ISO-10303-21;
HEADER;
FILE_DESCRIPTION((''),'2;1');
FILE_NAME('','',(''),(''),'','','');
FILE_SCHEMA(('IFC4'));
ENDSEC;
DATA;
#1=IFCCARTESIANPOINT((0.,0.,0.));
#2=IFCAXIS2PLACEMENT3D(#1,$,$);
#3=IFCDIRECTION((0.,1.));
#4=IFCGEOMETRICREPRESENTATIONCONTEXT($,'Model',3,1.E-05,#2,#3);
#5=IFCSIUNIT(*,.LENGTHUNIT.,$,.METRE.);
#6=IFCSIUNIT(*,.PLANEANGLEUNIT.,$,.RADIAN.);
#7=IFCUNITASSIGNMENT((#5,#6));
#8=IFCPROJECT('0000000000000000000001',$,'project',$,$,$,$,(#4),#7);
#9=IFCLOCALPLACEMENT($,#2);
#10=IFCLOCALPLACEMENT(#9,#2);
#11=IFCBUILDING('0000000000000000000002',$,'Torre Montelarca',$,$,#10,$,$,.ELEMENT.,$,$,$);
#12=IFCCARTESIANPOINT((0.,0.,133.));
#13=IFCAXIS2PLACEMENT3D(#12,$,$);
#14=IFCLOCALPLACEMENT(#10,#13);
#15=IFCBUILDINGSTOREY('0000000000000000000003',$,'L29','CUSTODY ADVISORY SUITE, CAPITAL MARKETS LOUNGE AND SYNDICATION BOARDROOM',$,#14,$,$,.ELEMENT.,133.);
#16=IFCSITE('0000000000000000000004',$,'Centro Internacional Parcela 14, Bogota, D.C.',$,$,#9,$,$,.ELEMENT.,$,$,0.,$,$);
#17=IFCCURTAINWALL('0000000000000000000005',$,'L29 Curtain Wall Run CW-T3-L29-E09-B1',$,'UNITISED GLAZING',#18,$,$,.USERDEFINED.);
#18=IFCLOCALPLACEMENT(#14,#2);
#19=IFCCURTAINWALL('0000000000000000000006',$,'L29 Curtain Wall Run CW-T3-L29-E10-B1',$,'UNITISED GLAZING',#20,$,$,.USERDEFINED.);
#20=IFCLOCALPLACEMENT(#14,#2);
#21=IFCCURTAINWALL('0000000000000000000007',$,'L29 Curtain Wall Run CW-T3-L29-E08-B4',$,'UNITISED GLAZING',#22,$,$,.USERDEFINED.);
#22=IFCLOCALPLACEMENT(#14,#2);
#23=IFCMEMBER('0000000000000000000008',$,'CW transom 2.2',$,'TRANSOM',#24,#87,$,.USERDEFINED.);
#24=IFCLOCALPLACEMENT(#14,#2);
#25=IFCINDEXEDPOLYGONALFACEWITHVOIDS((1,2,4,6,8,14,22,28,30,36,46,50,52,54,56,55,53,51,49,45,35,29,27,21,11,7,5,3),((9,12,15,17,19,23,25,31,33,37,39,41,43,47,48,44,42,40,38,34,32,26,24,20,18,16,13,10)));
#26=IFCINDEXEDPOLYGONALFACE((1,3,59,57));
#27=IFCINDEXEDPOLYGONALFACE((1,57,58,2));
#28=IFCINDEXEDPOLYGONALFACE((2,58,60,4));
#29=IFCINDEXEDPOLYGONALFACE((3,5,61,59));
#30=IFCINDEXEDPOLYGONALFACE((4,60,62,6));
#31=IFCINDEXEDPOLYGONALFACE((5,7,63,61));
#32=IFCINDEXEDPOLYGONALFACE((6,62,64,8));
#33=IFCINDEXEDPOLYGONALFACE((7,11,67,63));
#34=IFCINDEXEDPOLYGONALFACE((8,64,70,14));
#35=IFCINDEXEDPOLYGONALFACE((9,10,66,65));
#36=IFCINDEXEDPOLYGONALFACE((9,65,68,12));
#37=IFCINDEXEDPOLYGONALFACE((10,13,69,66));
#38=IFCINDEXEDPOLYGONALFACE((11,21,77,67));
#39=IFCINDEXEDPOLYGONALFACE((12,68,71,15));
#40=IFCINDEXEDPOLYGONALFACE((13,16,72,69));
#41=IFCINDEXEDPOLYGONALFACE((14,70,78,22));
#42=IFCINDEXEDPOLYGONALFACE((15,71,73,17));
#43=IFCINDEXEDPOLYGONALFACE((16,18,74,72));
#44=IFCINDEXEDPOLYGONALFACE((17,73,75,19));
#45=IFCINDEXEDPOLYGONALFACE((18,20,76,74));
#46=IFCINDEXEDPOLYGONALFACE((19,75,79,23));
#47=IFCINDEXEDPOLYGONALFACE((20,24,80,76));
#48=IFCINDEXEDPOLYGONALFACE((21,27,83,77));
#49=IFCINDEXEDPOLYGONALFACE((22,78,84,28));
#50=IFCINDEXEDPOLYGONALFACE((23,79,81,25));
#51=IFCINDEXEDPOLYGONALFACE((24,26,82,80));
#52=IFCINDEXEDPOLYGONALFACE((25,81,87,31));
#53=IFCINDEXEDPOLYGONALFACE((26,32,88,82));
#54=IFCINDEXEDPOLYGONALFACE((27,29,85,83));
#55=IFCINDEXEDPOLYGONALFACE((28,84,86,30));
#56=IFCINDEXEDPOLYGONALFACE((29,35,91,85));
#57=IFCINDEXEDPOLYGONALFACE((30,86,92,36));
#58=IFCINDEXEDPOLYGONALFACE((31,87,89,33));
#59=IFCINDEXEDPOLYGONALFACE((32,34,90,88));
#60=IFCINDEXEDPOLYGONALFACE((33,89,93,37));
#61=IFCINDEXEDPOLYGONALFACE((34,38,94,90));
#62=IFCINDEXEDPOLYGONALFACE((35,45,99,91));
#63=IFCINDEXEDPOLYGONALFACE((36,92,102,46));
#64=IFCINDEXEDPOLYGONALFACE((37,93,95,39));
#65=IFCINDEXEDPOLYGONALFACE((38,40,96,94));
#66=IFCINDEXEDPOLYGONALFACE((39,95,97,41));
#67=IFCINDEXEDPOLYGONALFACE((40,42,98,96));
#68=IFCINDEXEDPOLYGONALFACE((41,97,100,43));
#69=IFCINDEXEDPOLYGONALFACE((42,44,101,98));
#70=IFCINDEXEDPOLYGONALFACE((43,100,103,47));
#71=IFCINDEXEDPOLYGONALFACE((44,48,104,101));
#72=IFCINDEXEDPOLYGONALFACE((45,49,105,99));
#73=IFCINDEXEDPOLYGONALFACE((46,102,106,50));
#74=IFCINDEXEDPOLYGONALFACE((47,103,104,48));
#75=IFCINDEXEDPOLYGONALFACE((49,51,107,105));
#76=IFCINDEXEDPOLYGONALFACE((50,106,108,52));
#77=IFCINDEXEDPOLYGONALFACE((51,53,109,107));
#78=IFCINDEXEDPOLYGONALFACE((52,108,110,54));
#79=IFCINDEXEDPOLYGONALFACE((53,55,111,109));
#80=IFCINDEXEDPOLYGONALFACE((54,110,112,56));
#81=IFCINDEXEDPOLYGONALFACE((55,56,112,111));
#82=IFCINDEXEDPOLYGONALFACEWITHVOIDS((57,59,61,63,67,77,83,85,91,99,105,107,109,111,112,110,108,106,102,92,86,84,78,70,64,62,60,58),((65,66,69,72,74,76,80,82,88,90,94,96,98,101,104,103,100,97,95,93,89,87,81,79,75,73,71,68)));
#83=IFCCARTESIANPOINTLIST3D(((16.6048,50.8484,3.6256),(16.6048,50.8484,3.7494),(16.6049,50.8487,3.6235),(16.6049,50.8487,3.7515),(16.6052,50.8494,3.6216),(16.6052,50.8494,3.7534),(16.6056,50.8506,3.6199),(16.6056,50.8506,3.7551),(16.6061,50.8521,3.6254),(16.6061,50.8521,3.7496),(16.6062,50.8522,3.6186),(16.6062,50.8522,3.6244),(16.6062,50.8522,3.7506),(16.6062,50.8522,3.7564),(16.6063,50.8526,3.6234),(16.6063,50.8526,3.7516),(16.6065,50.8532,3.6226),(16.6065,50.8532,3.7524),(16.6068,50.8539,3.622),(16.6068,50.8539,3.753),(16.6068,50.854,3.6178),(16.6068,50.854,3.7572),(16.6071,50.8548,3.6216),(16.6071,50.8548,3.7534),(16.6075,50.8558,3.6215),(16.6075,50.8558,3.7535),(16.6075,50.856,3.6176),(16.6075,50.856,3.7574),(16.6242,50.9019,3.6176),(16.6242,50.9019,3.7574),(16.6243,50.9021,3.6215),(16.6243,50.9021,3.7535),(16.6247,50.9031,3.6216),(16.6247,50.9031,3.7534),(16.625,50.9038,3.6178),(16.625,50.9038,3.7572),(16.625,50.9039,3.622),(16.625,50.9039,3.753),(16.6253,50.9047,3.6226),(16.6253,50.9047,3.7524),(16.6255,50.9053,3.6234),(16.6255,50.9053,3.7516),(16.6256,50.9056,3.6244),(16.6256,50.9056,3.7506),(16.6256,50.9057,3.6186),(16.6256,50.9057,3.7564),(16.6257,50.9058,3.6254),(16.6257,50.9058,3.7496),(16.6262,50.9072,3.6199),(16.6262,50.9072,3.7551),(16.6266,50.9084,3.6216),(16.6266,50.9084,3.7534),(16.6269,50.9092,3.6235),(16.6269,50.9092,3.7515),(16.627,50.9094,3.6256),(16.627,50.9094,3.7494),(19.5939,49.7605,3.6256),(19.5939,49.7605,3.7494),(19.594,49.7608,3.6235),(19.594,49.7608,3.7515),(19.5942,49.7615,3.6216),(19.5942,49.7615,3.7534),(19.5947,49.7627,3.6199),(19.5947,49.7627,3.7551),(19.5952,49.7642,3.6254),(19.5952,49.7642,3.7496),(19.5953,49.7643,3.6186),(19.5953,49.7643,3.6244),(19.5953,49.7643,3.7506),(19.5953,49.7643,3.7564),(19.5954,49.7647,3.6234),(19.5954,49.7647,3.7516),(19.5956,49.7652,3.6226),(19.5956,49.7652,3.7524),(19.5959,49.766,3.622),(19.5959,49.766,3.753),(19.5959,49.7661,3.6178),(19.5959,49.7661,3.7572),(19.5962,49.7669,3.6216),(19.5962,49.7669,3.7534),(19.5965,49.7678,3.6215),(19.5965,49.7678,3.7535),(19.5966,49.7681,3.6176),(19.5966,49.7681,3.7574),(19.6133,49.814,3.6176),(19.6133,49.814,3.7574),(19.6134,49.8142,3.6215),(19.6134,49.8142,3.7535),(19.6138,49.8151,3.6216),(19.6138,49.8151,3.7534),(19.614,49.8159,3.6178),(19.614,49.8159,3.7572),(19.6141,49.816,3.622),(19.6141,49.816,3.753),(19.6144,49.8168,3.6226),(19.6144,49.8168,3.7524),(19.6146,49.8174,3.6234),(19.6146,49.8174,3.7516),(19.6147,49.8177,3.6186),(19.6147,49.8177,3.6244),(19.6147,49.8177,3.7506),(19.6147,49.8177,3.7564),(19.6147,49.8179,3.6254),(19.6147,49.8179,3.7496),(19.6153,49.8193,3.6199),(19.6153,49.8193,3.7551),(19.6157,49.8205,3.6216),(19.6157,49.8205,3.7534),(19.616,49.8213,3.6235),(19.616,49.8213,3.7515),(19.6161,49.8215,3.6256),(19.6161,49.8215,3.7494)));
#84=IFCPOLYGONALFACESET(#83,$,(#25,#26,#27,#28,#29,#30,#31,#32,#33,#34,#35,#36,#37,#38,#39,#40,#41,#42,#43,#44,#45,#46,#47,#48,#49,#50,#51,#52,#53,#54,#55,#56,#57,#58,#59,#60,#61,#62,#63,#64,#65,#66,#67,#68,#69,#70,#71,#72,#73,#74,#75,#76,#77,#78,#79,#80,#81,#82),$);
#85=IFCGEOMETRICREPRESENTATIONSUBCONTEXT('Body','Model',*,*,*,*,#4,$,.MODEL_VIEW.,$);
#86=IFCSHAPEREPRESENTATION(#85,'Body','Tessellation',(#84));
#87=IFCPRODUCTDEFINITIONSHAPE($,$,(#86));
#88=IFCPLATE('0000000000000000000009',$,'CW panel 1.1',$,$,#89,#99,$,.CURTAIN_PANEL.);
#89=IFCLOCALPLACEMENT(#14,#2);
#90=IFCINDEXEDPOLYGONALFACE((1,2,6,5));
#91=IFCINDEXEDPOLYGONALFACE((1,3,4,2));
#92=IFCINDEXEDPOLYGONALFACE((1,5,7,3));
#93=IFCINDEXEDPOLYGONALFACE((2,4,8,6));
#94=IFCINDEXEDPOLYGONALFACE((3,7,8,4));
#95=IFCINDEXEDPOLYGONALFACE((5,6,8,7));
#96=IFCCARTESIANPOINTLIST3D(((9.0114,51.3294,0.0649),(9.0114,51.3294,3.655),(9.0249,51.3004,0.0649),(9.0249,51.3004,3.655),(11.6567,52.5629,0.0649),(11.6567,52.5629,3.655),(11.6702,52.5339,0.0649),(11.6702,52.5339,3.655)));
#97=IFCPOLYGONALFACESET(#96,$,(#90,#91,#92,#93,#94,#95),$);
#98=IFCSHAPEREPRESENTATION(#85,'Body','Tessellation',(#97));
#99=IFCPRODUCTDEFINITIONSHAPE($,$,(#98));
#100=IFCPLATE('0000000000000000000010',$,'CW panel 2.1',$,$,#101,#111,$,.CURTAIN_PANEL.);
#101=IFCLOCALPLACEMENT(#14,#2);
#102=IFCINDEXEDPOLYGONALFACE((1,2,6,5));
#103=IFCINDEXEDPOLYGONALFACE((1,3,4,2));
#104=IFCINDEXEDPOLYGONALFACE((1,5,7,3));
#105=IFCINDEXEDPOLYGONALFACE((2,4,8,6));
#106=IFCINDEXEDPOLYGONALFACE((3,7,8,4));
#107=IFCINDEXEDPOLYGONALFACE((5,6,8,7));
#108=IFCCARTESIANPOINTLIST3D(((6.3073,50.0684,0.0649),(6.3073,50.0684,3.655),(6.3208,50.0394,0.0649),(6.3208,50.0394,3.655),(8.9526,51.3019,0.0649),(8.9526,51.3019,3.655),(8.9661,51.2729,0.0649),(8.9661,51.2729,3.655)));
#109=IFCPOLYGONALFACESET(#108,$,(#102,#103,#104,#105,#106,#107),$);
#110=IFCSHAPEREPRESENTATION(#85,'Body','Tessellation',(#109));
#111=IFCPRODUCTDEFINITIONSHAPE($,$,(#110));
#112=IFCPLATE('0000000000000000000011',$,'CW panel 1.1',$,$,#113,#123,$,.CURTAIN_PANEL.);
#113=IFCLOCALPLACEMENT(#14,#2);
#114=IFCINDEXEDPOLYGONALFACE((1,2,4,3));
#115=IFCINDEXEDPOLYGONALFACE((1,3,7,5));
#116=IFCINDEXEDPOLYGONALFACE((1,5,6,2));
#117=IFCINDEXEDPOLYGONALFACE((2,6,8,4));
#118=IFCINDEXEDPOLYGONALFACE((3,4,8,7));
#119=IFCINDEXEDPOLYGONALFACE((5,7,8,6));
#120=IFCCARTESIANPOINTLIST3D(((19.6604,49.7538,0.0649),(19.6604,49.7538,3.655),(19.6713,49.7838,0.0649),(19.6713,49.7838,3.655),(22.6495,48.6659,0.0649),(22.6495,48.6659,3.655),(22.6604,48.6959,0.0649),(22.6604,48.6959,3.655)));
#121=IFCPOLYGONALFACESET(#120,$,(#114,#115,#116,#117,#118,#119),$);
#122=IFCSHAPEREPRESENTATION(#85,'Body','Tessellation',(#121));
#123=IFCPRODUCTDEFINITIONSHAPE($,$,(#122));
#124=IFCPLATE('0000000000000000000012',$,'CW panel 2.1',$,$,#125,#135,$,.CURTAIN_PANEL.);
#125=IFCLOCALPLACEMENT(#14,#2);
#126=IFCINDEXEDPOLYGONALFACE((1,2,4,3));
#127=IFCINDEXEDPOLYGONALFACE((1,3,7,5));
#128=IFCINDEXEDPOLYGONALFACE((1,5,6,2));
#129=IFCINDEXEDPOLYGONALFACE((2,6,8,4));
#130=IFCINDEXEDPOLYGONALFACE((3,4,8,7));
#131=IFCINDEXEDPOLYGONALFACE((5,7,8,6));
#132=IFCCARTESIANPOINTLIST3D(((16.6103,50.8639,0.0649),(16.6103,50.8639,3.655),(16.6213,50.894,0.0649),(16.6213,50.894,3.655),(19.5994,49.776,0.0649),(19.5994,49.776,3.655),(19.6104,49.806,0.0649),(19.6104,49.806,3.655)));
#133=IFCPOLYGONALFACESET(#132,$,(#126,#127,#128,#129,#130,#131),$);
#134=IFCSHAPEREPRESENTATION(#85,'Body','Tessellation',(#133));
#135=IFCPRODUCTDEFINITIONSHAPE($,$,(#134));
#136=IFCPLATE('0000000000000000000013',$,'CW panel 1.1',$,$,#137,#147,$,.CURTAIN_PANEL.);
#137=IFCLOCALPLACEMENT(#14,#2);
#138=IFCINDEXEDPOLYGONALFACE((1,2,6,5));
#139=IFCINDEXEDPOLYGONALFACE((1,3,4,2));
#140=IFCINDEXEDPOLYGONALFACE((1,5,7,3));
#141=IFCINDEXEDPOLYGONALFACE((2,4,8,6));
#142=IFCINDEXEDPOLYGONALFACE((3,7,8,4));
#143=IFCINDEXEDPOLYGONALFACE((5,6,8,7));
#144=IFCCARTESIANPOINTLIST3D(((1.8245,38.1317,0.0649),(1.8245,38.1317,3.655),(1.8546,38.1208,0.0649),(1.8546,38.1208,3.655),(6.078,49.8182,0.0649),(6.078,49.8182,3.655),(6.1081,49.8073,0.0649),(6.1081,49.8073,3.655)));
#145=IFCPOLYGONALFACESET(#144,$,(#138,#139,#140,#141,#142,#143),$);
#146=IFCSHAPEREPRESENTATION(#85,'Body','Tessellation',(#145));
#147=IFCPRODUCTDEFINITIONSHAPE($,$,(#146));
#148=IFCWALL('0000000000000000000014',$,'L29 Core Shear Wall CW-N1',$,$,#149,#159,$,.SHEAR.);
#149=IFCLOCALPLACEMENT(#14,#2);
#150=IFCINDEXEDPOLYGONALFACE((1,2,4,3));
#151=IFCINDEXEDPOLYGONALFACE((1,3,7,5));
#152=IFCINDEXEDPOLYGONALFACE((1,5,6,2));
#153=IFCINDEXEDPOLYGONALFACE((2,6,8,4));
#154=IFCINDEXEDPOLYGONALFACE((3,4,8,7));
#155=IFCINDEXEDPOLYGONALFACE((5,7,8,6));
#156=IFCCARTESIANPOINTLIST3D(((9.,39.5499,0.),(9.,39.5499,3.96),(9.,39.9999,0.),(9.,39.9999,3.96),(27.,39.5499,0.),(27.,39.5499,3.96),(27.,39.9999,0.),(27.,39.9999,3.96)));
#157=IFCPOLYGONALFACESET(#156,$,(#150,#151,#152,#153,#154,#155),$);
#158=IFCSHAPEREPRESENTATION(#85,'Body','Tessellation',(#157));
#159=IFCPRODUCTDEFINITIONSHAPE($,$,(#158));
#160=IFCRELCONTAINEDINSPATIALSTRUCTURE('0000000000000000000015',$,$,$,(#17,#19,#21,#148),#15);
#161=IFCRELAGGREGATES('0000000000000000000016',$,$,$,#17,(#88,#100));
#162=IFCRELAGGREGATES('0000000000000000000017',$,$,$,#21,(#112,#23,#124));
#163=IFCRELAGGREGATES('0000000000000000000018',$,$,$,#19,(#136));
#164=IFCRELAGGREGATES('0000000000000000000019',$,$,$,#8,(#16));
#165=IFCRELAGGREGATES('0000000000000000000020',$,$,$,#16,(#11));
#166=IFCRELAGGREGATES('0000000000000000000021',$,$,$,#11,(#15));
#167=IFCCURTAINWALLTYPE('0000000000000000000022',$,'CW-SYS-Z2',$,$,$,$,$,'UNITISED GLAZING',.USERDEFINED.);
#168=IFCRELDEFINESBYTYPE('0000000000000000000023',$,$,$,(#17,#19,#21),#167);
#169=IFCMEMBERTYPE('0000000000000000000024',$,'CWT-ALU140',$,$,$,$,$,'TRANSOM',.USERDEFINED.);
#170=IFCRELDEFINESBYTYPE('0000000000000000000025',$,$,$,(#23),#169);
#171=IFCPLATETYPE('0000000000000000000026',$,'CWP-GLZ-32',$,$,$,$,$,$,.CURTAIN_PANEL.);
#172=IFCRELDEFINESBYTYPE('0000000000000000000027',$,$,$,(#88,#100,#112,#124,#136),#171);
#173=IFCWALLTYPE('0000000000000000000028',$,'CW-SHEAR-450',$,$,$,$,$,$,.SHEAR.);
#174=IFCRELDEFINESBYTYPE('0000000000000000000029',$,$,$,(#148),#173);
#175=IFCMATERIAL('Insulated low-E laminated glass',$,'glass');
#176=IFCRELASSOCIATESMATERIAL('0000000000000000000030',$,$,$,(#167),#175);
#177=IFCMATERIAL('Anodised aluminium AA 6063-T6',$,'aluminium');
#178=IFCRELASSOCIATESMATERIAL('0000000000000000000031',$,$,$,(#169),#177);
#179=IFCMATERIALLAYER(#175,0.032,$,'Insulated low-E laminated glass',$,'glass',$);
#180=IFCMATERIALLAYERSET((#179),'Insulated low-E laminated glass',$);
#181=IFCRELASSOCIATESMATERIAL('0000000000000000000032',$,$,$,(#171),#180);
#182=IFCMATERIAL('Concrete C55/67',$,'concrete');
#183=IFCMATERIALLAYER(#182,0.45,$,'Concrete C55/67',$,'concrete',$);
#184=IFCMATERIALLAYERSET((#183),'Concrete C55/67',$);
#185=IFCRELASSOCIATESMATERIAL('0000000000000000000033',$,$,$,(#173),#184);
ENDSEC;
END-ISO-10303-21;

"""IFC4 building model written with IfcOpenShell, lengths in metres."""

from ifc_helpers import new_model, si_unit, direction, frame, frame_2d, origin, origin_2d, place, context, subcontext, project, spatial, rectangle, hollow_rectangle, extrude, source, transform, mapped, material, layer, layer_set, material_profile, profile_set, type_object, element, aggregate, save


model = new_model("IFC4")

# Units and contexts
model_context = context("Model", 3, precision=1e-05, world=origin(), true_north=direction((0.0, 1.0)))
body_context = subcontext(model_context, "Body", "Model", "MODEL_VIEW")
ifc_project = project(units=[si_unit("LENGTHUNIT", "METRE"), si_unit("PLANEANGLEUNIT", "RADIAN")], contexts=[model_context])

# Site, building, storey
site_placement = place(None, origin())
site = spatial("IfcSite", under=ifc_project, at=site_placement, Name="Centro Internacional Parcela 14, Bogota, D.C.", CompositionType="ELEMENT", RefElevation=0.0)
building_placement = place(site_placement, origin())
building = spatial("IfcBuilding", under=site, at=building_placement, Name="Torre Montelarca", CompositionType="ELEMENT")
storey_placement = place(building_placement, frame((0.0, 0.0, 133.0)))
storey = spatial("IfcBuildingStorey", under=building, at=storey_placement, Name="L29", Description="CUSTODY ADVISORY SUITE, CAPITAL MARKETS LOUNGE AND SYNDICATION BOARDROOM", CompositionType="ELEMENT", Elevation=133.0)

# Shared definitions
ifc_material_1 = material(Name="Concrete C55/67", Category="concrete")

# Curtain walls
ifc_material_2 = material(Name="Insulated low-E laminated glass", Category="glass")
curtain_wall_type = type_object("IfcCurtainWallType", Name="CW-SYS-Z2", ElementType="UNITISED GLAZING", PredefinedType="USERDEFINED", material=ifc_material_2)
curtain_wall_1_placement = place(storey_placement, origin())
curtain_wall_1 = element("IfcCurtainWall", 1, at=curtain_wall_1_placement, inside=storey, type_object=curtain_wall_type, Name="L29 Curtain Wall Run CW-T3-L29-E09-B1", ObjectType="UNITISED GLAZING", PredefinedType="USERDEFINED")
ifc_material_3 = material(Name="Anodised aluminium AA 6063-T6", Category="aluminium")
ifc_material_profile_1 = material_profile(ifc_material_3, hollow_rectangle(XDim=0.0649, YDim=0.1399, WallThickness=0.0039, InnerFilletRadius=0.0039, OuterFilletRadius=0.0081, at=origin_2d()), Name="ALU65X140X4", Category="aluminium")
ifc_profile_set_1 = profile_set([ifc_material_profile_1], Name="Anodised aluminium AA 6063-T6")
member_type_1 = type_object("IfcMemberType", Name="CWT-ALU140", ElementType="TRANSOM", PredefinedType="USERDEFINED", material=ifc_profile_set_1)
curtain_wall_2_placement = place(storey_placement, origin())
curtain_wall_2 = element("IfcCurtainWall", 2, at=curtain_wall_2_placement, inside=storey, type_object=curtain_wall_type, Name="L29 Curtain Wall Run CW-T3-L29-E10-B1", ObjectType="UNITISED GLAZING", PredefinedType="USERDEFINED")
curtain_wall_3_placement = place(storey_placement, origin())
curtain_wall_3 = element("IfcCurtainWall", 3, at=curtain_wall_3_placement, inside=storey, type_object=curtain_wall_type, Name="L29 Curtain Wall Run CW-T3-L29-E08-B4", ObjectType="UNITISED GLAZING", PredefinedType="USERDEFINED")

# Member
shared_shape_1 = source(origin(), body_context, "Body", "SweptSolid", [
    extrude(hollow_rectangle(XDim=0.0649, YDim=0.1399, WallThickness=0.0039, InnerFilletRadius=0.0039, OuterFilletRadius=0.0081, at=origin_2d()), origin(), (0.0, 0.0, 1.0), 3.1809),
])
member_1_placement = place(storey_placement, frame((19.605, 49.791, 3.6875), z_axis=(-0.939695, 0.342014, 0.0), x_axis=(-0.342014, -0.939695, 0.0)))
member_1 = element("IfcMember", 4, at=member_1_placement, type_object=member_type_1, Name="CW transom 2.2", ObjectType="TRANSOM", PredefinedType="USERDEFINED", context=body_context, shape_type="MappedRepresentation", body=[
    mapped(shared_shape_1, transform((0.0, 0.0, 0.0), scale=1.0)),
])

# Plates
ifc_layer_1 = layer(ifc_material_2, 0.032, Name="Insulated low-E laminated glass", Category="glass")
ifc_layer_set_1 = layer_set([ifc_layer_1], Name="Insulated low-E laminated glass")
plate_type = type_object("IfcPlateType", Name="CWP-GLZ-32", PredefinedType="CURTAIN_PANEL", material=ifc_layer_set_1)
shared_shape_2 = source(origin(), body_context, "Body", "SweptSolid", [
    extrude(rectangle(XDim=2.9187, YDim=0.032, at=origin_2d()), origin(), (0.0, 0.0, 1.0), 3.5901),
])
plate_1_placement = place(storey_placement, frame((10.3408, 51.9316, 0.0649), z_axis=(0.0, 0.0, 1.0), x_axis=(-0.906317, -0.422598, 0.0)))
plate_1 = element("IfcPlate", 5, at=plate_1_placement, type_object=plate_type, Name="CW panel 1.1", PredefinedType="CURTAIN_PANEL", context=body_context, shape_type="MappedRepresentation", body=[
    mapped(shared_shape_2, transform((0.0, 0.0, 0.0), scale=1.0)),
])
plate_2_placement = place(storey_placement, frame((7.6367, 50.6707, 0.0649), z_axis=(0.0, 0.0, 1.0), x_axis=(-0.906317, -0.422598, 0.0)))
plate_2 = element("IfcPlate", 6, at=plate_2_placement, type_object=plate_type, Name="CW panel 2.1", PredefinedType="CURTAIN_PANEL", context=body_context, shape_type="MappedRepresentation", body=[
    mapped(shared_shape_2, transform((0.0, 0.0, 0.0), scale=1.0)),
])
aggregate(curtain_wall_1, [plate_1, plate_2])
shared_shape_3 = source(origin(), body_context, "Body", "SweptSolid", [
    extrude(rectangle(XDim=3.1809, YDim=0.032, at=origin_2d()), origin(), (0.0, 0.0, 1.0), 3.5901),
])
plate_3_placement = place(storey_placement, frame((21.1604, 49.2249, 0.0649), z_axis=(0.0, 0.0, 1.0), x_axis=(-0.939692, 0.342021, 0.0)))
plate_3 = element("IfcPlate", 7, at=plate_3_placement, type_object=plate_type, Name="CW panel 1.1", PredefinedType="CURTAIN_PANEL", context=body_context, shape_type="MappedRepresentation", body=[
    mapped(shared_shape_3, transform((0.0, 0.0, 0.0), scale=1.0)),
])
plate_4_placement = place(storey_placement, frame((18.1104, 50.335, 0.0649), z_axis=(0.0, 0.0, 1.0), x_axis=(-0.939692, 0.342021, 0.0)))
plate_4 = element("IfcPlate", 8, at=plate_4_placement, type_object=plate_type, Name="CW panel 2.1", PredefinedType="CURTAIN_PANEL", context=body_context, shape_type="MappedRepresentation", body=[
    mapped(shared_shape_3, transform((0.0, 0.0, 0.0), scale=1.0)),
])
aggregate(curtain_wall_3, [plate_3, member_1, plate_4])
shared_shape_4 = source(origin(), body_context, "Body", "SweptSolid", [
    extrude(rectangle(XDim=12.4365, YDim=0.032, at=origin_2d()), origin(), (0.0, 0.0, 1.0), 3.5901),
])
plate_5_placement = place(storey_placement, frame((3.9663, 43.9695, 0.0649), z_axis=(0.0, 0.0, 1.0), x_axis=(-0.342019, -0.939693, 0.0)))
plate_5 = element("IfcPlate", 9, at=plate_5_placement, type_object=plate_type, Name="CW panel 1.1", PredefinedType="CURTAIN_PANEL", context=body_context, shape_type="MappedRepresentation", body=[
    mapped(shared_shape_4, transform((0.0, 0.0, 0.0), scale=1.0)),
])
aggregate(curtain_wall_2, [plate_5])

# Wall
ifc_layer_2 = layer(ifc_material_1, 0.45, Name="Concrete C55/67", Category="concrete")
ifc_layer_set_2 = layer_set([ifc_layer_2], Name="Concrete C55/67")
wall_type_1 = type_object("IfcWallType", Name="CW-SHEAR-450", PredefinedType="SHEAR", material=ifc_layer_set_2)
wall_1_placement = place(storey_placement, frame((9.0, 39.7749, 0.0), z_axis=(0.0, 0.0, 1.0), x_axis=(1.0, 0.0, 0.0)))
element("IfcWall", 10, at=wall_1_placement, inside=storey, type_object=wall_type_1, Name="L29 Core Shear Wall CW-N1", PredefinedType="SHEAR", context=body_context, shape_type="SweptSolid", body=[
    extrude(rectangle(XDim=18.0, YDim=0.45, at=frame_2d((9.0, 0.0))), origin(), (0.0, 0.0, 1.0), 3.96),
])

save(model, "model.ifc")
